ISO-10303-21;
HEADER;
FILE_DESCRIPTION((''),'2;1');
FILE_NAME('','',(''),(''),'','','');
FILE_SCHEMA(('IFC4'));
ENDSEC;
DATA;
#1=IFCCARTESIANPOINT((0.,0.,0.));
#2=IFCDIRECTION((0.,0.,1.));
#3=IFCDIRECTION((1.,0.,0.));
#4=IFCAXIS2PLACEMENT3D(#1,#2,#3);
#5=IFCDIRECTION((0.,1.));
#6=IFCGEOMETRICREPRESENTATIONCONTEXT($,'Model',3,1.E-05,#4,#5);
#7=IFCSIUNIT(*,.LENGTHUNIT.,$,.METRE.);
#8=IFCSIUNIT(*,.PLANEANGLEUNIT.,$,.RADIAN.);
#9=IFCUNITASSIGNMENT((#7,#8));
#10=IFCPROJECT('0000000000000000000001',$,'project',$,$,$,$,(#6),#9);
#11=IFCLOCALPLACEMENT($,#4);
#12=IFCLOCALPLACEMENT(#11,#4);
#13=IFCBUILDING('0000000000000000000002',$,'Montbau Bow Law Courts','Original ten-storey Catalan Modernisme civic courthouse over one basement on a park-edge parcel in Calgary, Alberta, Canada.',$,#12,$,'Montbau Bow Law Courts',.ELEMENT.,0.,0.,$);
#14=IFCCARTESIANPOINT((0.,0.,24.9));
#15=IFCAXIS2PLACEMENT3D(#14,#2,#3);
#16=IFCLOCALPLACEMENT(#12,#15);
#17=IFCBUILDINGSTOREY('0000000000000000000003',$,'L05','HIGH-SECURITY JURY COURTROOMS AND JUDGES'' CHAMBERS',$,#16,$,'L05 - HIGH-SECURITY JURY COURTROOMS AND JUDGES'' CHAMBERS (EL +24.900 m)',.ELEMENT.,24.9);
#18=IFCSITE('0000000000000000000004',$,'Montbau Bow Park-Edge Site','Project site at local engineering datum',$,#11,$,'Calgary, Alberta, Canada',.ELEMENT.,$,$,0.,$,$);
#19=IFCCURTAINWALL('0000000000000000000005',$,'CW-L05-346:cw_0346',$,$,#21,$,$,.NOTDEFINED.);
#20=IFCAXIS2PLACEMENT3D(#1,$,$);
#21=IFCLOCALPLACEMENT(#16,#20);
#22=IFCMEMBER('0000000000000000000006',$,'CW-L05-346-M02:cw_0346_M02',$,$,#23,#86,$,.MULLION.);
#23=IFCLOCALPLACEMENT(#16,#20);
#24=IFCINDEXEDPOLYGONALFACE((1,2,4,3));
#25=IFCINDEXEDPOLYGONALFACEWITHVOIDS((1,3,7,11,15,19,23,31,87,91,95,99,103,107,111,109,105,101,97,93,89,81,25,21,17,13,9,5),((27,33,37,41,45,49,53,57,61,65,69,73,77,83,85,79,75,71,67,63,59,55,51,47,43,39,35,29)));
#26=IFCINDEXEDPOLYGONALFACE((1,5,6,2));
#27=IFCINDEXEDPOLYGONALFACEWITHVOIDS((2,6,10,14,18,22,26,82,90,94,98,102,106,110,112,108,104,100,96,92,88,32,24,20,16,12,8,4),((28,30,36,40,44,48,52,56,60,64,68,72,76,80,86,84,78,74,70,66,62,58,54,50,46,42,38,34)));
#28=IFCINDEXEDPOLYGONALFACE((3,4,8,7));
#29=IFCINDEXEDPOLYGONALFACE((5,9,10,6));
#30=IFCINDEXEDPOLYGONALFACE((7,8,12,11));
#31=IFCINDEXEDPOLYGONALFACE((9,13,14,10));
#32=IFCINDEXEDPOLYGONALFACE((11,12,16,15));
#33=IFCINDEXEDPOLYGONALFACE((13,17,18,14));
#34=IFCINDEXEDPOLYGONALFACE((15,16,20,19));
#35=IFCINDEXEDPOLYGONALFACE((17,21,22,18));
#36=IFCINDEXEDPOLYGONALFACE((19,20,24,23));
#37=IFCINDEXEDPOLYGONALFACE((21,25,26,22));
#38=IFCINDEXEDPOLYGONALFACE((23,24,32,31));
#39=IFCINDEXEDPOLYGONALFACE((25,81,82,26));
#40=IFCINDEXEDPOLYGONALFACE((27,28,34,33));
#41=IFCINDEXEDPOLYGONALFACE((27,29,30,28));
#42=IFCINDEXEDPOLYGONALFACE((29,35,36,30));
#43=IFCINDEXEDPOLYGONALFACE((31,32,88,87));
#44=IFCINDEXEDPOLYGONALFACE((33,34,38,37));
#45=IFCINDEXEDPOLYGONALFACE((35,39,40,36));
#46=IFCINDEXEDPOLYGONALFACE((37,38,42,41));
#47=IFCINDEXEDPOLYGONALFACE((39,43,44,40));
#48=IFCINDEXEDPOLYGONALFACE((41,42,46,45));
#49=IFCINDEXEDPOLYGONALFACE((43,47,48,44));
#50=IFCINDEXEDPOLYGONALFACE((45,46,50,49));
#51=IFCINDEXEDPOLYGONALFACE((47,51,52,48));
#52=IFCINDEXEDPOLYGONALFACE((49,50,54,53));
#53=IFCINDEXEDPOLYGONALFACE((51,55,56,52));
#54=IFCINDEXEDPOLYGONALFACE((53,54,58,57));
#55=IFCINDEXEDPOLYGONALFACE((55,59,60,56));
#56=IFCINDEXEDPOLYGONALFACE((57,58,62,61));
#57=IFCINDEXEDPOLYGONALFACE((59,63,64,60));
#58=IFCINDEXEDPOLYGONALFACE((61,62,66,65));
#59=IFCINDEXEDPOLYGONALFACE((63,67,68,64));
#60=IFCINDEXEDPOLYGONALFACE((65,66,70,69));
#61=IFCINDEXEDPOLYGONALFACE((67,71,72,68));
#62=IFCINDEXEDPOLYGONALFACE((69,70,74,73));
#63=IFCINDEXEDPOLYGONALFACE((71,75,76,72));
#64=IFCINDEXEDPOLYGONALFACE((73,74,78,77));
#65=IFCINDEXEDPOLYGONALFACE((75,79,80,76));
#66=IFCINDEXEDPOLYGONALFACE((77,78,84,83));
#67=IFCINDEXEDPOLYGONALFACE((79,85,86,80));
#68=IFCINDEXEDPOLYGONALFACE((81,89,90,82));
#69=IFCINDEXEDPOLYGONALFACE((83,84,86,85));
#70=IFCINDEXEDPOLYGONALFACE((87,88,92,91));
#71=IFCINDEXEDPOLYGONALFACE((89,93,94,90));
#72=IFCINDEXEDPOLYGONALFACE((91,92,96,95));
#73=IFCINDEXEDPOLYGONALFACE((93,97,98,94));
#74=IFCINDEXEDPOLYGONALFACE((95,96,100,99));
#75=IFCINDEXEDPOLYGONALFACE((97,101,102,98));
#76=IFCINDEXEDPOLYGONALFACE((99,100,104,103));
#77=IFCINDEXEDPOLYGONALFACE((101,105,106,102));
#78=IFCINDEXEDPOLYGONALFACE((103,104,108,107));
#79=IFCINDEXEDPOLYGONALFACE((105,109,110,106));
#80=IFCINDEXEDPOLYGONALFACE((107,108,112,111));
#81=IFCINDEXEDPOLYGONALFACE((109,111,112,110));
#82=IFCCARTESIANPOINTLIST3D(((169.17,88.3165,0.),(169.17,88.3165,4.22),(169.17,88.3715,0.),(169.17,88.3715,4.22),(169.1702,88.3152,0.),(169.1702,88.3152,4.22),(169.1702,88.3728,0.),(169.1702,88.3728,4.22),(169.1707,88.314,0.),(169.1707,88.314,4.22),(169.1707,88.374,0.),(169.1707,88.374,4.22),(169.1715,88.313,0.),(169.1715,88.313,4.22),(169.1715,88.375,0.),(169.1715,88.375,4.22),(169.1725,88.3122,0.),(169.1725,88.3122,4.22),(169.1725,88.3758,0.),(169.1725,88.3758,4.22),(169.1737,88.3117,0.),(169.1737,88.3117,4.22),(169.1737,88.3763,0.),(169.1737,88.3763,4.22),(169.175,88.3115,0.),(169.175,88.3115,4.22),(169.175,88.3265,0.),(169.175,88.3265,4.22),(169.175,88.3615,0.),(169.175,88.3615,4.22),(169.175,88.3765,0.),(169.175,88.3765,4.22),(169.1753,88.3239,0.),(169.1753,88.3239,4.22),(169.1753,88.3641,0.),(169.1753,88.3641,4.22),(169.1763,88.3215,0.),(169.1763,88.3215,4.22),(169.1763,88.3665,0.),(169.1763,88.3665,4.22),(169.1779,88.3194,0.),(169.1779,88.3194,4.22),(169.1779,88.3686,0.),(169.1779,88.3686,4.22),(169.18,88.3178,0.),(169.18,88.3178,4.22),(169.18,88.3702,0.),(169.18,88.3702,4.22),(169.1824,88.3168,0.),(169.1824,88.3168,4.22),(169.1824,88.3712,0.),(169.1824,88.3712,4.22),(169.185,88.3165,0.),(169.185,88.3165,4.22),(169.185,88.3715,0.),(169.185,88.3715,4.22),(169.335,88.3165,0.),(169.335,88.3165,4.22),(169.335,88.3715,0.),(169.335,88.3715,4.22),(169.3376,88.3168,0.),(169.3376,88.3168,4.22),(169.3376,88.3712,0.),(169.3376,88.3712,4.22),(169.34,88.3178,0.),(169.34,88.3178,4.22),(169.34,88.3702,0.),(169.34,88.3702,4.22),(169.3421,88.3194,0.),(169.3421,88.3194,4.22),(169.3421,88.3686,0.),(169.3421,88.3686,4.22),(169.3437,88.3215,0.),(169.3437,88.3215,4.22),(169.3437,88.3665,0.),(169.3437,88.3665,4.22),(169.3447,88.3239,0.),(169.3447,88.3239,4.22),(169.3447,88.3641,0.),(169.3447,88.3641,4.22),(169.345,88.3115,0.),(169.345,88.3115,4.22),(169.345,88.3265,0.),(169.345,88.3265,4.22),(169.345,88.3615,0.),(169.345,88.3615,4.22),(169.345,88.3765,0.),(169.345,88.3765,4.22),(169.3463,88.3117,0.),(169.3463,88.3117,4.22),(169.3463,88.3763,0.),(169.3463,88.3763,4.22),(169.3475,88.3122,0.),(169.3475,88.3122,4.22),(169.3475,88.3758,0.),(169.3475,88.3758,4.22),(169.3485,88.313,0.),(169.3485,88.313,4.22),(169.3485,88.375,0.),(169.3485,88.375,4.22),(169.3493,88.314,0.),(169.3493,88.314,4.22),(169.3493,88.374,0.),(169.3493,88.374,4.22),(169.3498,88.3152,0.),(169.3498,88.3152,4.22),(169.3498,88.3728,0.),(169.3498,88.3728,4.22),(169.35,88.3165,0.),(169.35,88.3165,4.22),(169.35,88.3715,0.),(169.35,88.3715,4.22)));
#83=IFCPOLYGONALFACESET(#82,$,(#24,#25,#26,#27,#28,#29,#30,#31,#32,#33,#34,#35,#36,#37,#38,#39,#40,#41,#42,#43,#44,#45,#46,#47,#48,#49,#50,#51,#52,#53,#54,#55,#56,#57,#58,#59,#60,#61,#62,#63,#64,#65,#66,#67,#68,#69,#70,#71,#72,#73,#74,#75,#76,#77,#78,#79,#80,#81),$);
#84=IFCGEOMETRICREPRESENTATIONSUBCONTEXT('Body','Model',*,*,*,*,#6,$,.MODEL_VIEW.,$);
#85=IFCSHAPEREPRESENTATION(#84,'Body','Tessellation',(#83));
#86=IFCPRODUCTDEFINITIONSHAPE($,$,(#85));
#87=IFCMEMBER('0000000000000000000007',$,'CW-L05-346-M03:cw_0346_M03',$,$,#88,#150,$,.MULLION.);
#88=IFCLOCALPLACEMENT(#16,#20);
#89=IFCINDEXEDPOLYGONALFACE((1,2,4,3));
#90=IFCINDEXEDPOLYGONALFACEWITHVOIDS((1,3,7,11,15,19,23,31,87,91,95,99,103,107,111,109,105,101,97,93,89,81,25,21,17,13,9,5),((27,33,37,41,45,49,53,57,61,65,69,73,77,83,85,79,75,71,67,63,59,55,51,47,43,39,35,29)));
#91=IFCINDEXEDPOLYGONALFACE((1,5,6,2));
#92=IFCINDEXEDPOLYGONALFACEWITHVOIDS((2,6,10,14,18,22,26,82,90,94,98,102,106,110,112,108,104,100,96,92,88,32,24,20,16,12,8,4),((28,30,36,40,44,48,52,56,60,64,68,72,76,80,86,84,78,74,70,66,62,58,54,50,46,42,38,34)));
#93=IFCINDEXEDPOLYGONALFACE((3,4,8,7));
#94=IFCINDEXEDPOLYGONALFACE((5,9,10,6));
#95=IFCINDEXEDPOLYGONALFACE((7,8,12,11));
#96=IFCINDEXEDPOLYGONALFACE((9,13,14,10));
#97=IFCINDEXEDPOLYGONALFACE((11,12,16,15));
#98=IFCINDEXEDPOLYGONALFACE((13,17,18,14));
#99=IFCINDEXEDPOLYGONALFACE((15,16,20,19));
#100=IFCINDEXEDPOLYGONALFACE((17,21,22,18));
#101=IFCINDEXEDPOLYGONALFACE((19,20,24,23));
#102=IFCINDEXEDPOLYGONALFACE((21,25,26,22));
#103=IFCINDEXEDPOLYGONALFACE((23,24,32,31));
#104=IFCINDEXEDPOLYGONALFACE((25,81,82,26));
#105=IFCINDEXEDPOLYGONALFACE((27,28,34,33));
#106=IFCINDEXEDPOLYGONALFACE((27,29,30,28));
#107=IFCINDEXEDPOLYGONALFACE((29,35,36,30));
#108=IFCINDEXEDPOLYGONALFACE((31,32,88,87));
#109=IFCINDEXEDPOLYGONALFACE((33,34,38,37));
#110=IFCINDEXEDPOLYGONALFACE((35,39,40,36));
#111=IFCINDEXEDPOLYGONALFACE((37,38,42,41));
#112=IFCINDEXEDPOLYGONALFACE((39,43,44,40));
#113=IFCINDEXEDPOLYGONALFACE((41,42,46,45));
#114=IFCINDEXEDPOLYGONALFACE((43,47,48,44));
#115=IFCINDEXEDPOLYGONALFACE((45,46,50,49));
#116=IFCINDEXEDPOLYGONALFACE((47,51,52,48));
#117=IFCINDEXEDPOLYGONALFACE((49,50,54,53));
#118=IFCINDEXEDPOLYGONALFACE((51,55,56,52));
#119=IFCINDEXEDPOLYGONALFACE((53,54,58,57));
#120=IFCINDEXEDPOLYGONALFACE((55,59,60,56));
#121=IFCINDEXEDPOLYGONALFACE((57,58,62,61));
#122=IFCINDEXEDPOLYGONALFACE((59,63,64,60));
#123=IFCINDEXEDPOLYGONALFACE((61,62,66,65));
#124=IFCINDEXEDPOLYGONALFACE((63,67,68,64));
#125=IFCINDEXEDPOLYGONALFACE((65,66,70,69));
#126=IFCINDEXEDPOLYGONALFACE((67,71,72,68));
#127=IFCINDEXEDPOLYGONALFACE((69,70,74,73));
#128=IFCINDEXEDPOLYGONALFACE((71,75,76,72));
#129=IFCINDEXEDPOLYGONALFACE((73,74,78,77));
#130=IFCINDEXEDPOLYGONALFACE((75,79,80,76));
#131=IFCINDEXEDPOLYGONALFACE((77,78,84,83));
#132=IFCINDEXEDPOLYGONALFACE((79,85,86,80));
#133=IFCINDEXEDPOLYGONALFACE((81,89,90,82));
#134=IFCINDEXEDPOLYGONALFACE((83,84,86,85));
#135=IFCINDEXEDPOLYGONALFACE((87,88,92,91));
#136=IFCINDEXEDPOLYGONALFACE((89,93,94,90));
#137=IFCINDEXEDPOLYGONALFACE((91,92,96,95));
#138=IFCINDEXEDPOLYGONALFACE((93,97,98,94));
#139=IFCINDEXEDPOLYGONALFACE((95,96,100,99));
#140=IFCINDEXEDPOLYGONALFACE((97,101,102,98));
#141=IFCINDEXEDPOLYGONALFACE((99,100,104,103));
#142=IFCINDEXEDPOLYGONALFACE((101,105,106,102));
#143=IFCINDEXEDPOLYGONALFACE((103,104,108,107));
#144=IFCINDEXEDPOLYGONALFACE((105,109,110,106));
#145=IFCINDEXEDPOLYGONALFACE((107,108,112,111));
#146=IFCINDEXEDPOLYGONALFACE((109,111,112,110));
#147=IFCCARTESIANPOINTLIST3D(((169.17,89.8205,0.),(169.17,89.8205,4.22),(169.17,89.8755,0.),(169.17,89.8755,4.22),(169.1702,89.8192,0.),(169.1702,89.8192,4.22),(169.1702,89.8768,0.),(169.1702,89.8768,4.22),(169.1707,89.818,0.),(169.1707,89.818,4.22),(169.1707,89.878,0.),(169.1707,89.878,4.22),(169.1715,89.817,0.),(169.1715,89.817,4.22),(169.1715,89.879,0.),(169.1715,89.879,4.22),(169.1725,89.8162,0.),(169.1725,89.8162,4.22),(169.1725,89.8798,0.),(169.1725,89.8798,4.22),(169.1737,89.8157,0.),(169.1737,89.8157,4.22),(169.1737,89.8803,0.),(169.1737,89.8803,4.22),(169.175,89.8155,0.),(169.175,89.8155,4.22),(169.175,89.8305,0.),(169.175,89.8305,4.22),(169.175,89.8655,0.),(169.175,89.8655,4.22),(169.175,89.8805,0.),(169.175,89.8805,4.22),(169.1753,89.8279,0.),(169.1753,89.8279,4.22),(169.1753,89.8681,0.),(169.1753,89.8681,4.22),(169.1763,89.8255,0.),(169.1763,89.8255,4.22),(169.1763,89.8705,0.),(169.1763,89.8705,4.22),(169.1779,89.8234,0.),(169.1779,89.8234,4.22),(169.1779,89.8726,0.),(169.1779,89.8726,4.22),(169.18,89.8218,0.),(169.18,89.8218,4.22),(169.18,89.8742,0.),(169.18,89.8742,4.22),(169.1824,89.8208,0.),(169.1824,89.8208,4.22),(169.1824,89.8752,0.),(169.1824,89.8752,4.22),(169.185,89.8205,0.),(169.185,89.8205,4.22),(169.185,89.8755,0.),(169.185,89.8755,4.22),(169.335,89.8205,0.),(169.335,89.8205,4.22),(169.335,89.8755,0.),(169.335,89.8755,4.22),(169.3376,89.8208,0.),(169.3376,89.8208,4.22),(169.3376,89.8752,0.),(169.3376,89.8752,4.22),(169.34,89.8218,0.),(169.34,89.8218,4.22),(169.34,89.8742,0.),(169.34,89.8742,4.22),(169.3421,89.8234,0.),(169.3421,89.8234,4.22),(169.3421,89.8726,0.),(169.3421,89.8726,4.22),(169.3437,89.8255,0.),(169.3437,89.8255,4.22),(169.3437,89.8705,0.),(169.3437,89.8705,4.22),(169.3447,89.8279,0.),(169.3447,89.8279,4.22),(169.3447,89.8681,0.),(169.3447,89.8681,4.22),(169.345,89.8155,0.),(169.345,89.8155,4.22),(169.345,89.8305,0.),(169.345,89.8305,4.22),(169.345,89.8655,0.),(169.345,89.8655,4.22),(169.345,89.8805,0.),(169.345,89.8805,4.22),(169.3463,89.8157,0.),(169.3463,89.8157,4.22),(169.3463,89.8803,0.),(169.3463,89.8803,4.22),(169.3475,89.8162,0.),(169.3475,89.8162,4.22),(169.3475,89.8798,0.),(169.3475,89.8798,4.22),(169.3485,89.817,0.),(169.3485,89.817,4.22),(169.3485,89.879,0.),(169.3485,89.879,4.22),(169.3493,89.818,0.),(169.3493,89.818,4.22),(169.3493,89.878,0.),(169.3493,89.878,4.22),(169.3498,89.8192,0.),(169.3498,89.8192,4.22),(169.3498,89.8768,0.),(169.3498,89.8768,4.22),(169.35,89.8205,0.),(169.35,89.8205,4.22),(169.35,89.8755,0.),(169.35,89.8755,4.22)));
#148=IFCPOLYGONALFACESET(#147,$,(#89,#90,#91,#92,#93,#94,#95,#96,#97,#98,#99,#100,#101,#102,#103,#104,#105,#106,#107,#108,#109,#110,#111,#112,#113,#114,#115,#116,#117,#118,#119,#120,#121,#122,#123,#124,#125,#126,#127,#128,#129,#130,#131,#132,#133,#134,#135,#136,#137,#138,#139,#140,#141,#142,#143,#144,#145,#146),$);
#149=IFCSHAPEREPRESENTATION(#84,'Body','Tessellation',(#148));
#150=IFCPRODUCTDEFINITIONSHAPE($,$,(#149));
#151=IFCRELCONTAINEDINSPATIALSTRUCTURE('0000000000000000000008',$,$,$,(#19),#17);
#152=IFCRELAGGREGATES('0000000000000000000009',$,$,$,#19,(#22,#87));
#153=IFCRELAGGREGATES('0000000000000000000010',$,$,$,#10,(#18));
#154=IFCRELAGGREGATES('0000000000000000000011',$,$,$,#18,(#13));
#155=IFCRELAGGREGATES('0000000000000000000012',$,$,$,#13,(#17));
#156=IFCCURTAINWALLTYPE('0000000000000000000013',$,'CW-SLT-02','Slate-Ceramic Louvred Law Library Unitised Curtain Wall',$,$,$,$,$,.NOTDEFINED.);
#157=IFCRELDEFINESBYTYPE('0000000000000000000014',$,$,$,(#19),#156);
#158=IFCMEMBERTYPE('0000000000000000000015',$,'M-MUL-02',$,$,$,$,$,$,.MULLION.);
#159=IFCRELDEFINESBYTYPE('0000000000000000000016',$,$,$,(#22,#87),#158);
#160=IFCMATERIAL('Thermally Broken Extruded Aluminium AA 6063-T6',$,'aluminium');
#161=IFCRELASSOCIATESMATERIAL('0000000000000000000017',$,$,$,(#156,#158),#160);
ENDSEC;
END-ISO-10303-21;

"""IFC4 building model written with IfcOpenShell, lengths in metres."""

from ifc_helpers import new_model, si_unit, direction, frame, origin_with_axes, origin_2d_with_axis, place, context, subcontext, project, spatial, hollow_rectangle, extrude, material, material_profile, profile_set, type_object, element, aggregate, save


model = new_model("IFC4")

# Units and contexts
model_context = context("Model", 3, precision=1e-05, world=origin_with_axes(), true_north=direction((0.0, 1.0)))
body_context = subcontext(model_context, "Body", "Model", "MODEL_VIEW")
ifc_project = project(units=[si_unit("LENGTHUNIT", "METRE"), si_unit("PLANEANGLEUNIT", "RADIAN")], contexts=[model_context])

# Site, building, storey
site_placement = place(None, origin_with_axes())
site = spatial("IfcSite", under=ifc_project, at=site_placement, Name="Montbau Bow Park-Edge Site", Description="Project site at local engineering datum", LongName="Calgary, Alberta, Canada", CompositionType="ELEMENT", RefElevation=0.0)
building_placement = place(site_placement, origin_with_axes())
building = spatial("IfcBuilding", under=site, at=building_placement, Name="Montbau Bow Law Courts", Description="Original ten-storey Catalan Modernisme civic courthouse over one basement on a park-edge parcel in Calgary, Alberta, Canada.", LongName="Montbau Bow Law Courts", CompositionType="ELEMENT", ElevationOfRefHeight=0.0, ElevationOfTerrain=0.0)
storey_placement = place(building_placement, frame((0.0, 0.0, 24.9), z_axis=(0.0, 0.0, 1.0), x_axis=(1.0, 0.0, 0.0)))
storey = spatial("IfcBuildingStorey", under=building, at=storey_placement, Name="L05", Description="HIGH-SECURITY JURY COURTROOMS AND JUDGES' CHAMBERS", LongName="L05 - HIGH-SECURITY JURY COURTROOMS AND JUDGES' CHAMBERS (EL +24.900 m)", CompositionType="ELEMENT", Elevation=24.9)

# Curtain wall, members
ifc_material_1 = material(Name="Thermally Broken Extruded Aluminium AA 6063-T6", Category="aluminium")
curtain_wall_type = type_object("IfcCurtainWallType", Name="CW-SLT-02", Description="Slate-Ceramic Louvred Law Library Unitised Curtain Wall", PredefinedType="NOTDEFINED", material=ifc_material_1)
curtain_wall_placement = place(None, frame((169.26, 86.84, 24.9), z_axis=(0.0, 0.0, 1.0), x_axis=(1.0, 0.0, 0.0)))
curtain_wall = element("IfcCurtainWall", 1, at=curtain_wall_placement, inside=storey, type_object=curtain_wall_type, Name="CW-L05-346:cw_0346", PredefinedType="NOTDEFINED")
ifc_material_profile_1 = material_profile(ifc_material_1, hollow_rectangle(XDim=0.065, YDim=0.18, WallThickness=0.005, InnerFilletRadius=0.01, OuterFilletRadius=0.005, at=origin_2d_with_axis()), Name="CWM-180X65", Category="Main", Priority=0)
ifc_profile_set_1 = profile_set([ifc_material_profile_1], Name="Thermally Broken Extruded Aluminium AA 6063-T6")
member_type_1 = type_object("IfcMemberType", Name="M-MUL-02", PredefinedType="MULLION", material=ifc_profile_set_1)
member_1_placement = place(None, frame((169.26, 88.344, 24.9), z_axis=(0.0, 0.0, 1.0), x_axis=(0.0, 1.0, 0.0)))
member_1 = element("IfcMember", 2, at=member_1_placement, type_object=member_type_1, Name="CW-L05-346-M02:cw_0346_M02", PredefinedType="MULLION", context=body_context, shape_type="SweptSolid", body=[
    extrude(hollow_rectangle(XDim=0.065, YDim=0.18, WallThickness=0.005, InnerFilletRadius=0.01, OuterFilletRadius=0.005, at=origin_2d_with_axis()), origin_with_axes(), (0.0, 0.0, 1.0), 4.22),
])
member_2_placement = place(None, frame((169.26, 89.848, 24.9), z_axis=(0.0, 0.0, 1.0), x_axis=(0.0, 1.0, 0.0)))
member_2 = element("IfcMember", 3, at=member_2_placement, type_object=member_type_1, Name="CW-L05-346-M03:cw_0346_M03", PredefinedType="MULLION", context=body_context, shape_type="SweptSolid", body=[
    extrude(hollow_rectangle(XDim=0.065, YDim=0.18, WallThickness=0.005, InnerFilletRadius=0.01, OuterFilletRadius=0.005, at=origin_2d_with_axis()), origin_with_axes(), (0.0, 0.0, 1.0), 4.22),
])
aggregate(curtain_wall, [member_1, member_2])

save(model, "model.ifc")
